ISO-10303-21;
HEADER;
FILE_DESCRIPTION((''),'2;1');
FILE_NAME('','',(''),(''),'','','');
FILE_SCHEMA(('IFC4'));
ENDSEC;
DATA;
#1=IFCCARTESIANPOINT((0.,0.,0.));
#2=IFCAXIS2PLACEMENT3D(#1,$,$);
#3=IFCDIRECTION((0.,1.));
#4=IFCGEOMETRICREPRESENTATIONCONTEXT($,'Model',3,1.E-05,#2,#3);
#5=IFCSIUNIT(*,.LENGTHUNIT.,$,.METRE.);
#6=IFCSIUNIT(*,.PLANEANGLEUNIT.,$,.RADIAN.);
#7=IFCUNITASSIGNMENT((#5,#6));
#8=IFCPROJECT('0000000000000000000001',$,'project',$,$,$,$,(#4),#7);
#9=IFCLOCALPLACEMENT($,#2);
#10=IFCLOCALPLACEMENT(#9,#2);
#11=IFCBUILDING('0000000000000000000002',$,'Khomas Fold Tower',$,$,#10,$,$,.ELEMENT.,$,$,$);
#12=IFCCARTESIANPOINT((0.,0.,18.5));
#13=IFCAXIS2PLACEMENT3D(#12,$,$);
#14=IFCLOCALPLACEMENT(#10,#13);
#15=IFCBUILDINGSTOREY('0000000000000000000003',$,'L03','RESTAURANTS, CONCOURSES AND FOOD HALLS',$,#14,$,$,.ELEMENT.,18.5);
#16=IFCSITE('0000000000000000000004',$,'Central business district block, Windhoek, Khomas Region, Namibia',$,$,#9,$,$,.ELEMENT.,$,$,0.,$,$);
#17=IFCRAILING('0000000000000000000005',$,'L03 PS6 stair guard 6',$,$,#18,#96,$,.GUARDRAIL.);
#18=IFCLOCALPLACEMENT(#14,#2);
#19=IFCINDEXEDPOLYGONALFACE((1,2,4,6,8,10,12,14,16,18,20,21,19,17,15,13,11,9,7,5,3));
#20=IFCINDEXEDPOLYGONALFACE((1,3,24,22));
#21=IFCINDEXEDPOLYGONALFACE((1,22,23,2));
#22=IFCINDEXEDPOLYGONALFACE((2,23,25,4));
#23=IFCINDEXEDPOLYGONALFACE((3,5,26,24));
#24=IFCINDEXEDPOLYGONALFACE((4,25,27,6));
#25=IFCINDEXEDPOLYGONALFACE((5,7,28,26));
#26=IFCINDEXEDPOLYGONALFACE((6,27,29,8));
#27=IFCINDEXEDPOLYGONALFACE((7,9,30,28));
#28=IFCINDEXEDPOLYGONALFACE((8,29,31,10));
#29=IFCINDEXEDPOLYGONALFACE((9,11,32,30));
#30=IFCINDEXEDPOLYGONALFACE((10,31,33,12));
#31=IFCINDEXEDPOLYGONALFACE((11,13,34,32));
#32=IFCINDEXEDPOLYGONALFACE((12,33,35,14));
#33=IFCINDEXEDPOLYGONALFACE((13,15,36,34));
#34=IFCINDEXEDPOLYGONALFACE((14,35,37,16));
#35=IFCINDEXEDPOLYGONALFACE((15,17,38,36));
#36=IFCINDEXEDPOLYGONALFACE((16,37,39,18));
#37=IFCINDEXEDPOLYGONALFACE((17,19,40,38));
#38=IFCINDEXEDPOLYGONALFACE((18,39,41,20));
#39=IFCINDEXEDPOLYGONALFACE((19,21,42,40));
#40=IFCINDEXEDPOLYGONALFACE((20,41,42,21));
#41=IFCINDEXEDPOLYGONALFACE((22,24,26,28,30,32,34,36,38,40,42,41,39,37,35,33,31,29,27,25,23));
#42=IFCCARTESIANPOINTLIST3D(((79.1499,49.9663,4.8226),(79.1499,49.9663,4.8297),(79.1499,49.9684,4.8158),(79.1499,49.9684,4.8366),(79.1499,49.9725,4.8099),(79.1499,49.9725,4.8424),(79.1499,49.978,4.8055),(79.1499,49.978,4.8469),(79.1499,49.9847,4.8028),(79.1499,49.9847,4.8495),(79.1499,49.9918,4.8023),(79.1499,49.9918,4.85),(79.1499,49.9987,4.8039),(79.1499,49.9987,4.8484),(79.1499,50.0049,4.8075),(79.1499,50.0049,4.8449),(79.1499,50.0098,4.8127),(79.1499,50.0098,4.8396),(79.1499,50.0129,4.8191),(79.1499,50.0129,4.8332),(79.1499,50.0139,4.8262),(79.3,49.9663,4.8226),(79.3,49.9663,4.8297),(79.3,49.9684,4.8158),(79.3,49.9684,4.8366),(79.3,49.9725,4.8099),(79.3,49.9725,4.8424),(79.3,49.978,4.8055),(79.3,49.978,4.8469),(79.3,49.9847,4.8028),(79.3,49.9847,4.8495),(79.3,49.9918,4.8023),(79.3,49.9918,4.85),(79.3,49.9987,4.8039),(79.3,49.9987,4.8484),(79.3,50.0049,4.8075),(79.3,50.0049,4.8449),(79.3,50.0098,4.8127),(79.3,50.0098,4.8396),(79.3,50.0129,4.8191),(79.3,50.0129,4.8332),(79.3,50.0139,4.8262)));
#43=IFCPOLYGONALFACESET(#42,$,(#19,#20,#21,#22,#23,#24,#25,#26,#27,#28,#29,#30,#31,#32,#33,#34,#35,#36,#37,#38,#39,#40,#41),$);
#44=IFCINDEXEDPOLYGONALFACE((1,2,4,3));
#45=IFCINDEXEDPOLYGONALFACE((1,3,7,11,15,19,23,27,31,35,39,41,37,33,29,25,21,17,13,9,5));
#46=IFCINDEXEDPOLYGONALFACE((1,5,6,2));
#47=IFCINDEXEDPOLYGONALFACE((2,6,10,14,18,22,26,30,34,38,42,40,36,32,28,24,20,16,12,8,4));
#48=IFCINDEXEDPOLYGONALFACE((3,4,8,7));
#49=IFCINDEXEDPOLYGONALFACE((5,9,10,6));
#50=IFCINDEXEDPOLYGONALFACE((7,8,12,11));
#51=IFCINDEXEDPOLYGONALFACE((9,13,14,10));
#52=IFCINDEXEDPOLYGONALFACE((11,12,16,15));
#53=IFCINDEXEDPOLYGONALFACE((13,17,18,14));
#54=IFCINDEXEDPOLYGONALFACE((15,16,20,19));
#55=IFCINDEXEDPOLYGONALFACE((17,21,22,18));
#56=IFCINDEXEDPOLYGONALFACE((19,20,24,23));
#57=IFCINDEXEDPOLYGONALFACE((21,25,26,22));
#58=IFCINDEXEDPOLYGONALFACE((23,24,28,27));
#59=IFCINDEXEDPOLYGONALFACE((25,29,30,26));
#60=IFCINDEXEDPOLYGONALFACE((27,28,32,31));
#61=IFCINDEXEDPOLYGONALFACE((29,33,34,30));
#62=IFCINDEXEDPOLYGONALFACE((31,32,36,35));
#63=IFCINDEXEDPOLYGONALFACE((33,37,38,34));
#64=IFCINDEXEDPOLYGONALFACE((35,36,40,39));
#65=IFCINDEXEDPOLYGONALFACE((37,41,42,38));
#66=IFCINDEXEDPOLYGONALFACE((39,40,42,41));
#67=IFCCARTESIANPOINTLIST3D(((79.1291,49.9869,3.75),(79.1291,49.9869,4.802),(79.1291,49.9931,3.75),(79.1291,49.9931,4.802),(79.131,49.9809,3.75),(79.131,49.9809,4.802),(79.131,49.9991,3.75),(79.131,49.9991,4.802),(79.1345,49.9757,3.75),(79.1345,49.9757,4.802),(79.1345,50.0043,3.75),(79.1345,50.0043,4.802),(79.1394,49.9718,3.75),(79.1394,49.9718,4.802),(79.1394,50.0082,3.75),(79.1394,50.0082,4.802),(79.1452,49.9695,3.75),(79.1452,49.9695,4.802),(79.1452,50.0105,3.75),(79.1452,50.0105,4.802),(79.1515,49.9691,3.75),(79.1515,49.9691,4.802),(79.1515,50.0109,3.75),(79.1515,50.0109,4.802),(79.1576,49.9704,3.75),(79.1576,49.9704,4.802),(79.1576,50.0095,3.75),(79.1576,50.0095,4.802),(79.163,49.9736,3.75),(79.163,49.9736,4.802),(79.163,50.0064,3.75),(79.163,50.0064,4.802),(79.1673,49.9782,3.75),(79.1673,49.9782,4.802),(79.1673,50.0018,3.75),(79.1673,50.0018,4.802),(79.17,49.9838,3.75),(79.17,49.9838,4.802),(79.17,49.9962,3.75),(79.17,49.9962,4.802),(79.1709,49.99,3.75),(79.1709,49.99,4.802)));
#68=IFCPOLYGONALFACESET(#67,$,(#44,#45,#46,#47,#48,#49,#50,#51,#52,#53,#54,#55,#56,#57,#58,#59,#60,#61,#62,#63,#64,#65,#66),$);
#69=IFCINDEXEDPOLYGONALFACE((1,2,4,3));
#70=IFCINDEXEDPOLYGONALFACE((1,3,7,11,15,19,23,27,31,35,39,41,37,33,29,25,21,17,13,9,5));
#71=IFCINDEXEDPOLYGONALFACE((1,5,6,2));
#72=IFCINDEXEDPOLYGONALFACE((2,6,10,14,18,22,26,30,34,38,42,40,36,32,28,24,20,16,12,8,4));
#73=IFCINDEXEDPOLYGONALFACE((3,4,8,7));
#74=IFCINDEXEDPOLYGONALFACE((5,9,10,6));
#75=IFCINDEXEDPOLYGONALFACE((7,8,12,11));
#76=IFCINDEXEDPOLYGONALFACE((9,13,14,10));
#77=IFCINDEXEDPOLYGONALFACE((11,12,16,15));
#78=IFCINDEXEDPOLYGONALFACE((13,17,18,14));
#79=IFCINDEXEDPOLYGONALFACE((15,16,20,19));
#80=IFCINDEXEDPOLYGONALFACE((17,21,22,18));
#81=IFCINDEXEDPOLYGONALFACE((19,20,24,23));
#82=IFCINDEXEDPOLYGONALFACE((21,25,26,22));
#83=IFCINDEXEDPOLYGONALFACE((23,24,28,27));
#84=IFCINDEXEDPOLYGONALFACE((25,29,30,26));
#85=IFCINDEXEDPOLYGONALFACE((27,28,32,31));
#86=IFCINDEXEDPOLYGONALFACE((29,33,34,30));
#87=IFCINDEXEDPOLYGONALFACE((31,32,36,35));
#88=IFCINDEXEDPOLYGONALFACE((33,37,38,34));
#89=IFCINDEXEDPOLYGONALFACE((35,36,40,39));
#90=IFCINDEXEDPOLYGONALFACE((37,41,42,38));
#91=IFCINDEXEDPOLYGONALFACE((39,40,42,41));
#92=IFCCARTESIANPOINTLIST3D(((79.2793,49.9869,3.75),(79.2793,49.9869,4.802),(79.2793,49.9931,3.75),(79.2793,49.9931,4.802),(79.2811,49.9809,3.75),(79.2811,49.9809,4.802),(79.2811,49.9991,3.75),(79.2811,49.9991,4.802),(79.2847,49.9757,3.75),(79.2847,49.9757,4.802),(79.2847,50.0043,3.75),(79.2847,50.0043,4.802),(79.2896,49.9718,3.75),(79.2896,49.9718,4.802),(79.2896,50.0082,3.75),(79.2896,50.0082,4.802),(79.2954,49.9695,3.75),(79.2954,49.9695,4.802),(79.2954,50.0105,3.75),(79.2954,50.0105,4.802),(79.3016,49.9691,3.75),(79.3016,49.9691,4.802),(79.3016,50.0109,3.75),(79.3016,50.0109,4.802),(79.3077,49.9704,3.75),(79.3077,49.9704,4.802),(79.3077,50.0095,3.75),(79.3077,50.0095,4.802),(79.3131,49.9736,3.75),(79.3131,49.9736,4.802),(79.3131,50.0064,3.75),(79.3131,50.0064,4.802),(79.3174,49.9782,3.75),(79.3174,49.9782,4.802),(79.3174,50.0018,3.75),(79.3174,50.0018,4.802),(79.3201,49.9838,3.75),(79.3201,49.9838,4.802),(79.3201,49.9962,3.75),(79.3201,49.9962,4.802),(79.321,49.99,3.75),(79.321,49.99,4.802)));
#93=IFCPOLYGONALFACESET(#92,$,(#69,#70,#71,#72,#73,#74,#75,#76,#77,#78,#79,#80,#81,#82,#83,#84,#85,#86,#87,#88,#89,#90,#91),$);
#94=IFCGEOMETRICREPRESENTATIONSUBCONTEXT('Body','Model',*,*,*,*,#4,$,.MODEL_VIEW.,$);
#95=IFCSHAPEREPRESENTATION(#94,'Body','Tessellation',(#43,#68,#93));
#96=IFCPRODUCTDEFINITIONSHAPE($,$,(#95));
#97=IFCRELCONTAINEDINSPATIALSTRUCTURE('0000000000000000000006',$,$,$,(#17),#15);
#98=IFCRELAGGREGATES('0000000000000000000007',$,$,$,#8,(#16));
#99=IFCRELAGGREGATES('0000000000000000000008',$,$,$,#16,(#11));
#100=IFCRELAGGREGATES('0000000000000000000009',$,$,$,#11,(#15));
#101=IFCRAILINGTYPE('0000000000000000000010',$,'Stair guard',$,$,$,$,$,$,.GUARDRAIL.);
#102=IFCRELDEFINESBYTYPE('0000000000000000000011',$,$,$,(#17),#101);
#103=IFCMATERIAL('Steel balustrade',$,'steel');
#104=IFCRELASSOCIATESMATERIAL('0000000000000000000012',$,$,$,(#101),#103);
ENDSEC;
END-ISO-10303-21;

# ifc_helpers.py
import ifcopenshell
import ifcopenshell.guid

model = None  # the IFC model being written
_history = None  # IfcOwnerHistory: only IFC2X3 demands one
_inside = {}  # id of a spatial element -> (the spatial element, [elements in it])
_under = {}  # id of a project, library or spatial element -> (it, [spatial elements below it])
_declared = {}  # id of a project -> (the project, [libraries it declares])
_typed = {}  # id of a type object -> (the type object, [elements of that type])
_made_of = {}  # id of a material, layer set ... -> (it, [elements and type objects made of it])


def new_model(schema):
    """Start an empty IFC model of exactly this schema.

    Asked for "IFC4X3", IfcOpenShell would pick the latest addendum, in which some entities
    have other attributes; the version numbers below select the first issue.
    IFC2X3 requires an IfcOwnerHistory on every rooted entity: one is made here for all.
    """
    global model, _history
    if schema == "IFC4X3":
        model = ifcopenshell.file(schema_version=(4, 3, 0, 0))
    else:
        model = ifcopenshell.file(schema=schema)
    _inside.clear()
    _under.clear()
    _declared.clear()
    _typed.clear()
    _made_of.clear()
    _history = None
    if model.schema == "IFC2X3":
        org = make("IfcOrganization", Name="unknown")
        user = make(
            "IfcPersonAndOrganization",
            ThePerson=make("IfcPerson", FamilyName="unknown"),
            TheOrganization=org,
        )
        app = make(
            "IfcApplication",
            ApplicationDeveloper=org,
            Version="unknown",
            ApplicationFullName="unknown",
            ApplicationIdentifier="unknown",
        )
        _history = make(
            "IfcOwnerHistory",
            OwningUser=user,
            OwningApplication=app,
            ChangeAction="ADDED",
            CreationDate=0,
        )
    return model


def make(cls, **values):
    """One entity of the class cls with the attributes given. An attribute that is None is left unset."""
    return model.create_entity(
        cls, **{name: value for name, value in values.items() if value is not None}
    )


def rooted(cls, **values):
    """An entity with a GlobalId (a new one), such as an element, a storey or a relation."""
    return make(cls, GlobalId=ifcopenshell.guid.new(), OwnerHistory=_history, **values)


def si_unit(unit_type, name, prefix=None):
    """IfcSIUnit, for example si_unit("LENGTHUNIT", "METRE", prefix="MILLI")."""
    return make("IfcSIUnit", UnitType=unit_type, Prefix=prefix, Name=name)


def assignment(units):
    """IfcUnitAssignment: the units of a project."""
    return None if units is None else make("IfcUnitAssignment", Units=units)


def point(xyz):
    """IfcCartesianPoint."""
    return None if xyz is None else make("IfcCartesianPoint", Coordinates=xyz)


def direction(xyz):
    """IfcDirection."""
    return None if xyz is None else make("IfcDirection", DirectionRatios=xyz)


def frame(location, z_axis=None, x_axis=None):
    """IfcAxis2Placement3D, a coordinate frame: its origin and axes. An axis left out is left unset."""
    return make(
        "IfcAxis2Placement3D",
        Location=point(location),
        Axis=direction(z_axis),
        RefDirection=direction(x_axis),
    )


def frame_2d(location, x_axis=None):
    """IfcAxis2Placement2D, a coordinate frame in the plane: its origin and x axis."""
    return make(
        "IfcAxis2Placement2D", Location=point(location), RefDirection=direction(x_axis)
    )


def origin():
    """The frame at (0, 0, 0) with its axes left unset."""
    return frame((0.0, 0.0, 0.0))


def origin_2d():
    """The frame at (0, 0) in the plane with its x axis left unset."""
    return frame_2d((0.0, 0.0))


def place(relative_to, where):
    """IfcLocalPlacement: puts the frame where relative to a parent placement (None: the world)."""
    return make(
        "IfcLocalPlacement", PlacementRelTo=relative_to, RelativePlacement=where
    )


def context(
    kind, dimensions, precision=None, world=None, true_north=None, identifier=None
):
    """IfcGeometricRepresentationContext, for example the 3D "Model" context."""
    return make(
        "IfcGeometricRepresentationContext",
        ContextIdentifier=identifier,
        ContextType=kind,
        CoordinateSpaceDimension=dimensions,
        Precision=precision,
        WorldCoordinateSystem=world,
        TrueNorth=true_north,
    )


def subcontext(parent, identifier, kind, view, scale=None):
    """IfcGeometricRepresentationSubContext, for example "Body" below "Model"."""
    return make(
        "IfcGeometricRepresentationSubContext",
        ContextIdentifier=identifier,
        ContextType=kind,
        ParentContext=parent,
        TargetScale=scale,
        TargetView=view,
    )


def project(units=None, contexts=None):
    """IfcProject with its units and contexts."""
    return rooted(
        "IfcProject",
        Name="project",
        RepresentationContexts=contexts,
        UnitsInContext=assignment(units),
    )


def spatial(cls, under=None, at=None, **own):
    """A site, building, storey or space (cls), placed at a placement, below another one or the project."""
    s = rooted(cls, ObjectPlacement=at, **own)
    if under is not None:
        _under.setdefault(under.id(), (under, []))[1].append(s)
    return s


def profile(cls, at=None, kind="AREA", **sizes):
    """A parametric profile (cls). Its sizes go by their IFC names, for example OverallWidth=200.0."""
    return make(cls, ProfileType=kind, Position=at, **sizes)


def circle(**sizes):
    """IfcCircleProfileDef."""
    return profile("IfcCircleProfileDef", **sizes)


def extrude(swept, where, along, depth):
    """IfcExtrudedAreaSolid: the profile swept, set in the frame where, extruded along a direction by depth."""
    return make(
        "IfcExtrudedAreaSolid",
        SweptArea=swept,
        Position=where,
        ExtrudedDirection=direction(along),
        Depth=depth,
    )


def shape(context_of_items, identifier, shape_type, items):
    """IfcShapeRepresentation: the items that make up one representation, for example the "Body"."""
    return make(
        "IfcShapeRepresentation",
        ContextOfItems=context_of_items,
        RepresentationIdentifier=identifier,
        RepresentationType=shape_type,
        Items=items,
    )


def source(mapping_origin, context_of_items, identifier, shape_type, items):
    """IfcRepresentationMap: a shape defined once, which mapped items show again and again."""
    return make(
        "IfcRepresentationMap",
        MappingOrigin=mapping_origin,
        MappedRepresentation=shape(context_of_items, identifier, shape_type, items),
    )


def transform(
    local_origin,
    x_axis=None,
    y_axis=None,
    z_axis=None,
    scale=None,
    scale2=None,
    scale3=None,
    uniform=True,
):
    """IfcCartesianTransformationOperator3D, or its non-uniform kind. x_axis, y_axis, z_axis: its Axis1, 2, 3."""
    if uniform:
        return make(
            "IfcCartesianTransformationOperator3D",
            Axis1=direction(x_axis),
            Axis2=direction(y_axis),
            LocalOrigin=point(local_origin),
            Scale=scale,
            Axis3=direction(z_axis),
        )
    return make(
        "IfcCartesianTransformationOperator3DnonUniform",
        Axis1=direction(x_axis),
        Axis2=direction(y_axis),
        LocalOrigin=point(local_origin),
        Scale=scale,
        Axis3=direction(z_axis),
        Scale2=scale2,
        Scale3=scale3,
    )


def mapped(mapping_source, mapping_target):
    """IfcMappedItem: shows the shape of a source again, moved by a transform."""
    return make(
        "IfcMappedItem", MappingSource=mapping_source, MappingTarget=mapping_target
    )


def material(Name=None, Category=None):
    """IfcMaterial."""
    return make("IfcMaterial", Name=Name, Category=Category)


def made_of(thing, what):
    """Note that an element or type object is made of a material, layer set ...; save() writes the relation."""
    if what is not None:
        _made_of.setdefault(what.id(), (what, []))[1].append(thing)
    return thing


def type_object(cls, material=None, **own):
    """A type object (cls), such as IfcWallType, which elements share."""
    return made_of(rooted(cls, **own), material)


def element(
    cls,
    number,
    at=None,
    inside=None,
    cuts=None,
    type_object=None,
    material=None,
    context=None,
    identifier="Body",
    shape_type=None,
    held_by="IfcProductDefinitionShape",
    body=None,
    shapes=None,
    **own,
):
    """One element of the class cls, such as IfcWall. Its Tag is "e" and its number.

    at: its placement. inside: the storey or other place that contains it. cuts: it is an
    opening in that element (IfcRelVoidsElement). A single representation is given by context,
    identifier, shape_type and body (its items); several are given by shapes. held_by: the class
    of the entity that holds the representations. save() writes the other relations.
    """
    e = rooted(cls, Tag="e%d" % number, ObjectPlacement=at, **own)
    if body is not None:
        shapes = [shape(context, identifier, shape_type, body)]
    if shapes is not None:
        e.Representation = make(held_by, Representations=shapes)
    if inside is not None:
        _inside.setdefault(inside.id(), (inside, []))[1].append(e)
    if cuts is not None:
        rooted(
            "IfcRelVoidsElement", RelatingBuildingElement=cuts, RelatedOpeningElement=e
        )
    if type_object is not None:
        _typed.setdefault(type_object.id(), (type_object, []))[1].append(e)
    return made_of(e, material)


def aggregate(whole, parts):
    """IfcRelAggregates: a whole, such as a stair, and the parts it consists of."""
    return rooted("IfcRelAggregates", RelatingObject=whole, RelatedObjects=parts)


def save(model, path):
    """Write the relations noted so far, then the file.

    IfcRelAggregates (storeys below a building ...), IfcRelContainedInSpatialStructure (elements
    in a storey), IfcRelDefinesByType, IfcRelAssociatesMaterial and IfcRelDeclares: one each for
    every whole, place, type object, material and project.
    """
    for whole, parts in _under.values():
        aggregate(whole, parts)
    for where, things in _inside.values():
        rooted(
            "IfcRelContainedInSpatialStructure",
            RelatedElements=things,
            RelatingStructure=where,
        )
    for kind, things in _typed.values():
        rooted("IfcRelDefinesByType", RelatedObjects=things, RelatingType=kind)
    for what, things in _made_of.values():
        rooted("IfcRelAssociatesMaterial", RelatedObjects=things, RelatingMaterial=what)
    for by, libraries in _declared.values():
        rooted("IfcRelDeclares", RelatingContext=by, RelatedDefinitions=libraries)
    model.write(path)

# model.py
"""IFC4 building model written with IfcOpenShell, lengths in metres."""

from ifc_helpers import new_model, si_unit, direction, frame, origin, origin_2d, place, context, subcontext, project, spatial, circle, extrude, source, transform, mapped, material, type_object, element, save


model = new_model("IFC4")

# Units and contexts
model_context = context("Model", 3, precision=1e-05, world=origin(), true_north=direction((0.0, 1.0)))
body_context = subcontext(model_context, "Body", "Model", "MODEL_VIEW")
ifc_project = project(units=[si_unit("LENGTHUNIT", "METRE"), si_unit("PLANEANGLEUNIT", "RADIAN")], contexts=[model_context])

# Site, building, storey
site_placement = place(None, origin())
site = spatial("IfcSite", under=ifc_project, at=site_placement, Name="Central business district block, Windhoek, Khomas Region, Namibia", CompositionType="ELEMENT", RefElevation=0.0)
building_placement = place(site_placement, origin())
building = spatial("IfcBuilding", under=site, at=building_placement, Name="Khomas Fold Tower", CompositionType="ELEMENT")
storey_placement = place(building_placement, frame((0.0, 0.0, 18.5)))
storey = spatial("IfcBuildingStorey", under=building, at=storey_placement, Name="L03", Description="RESTAURANTS, CONCOURSES AND FOOD HALLS", CompositionType="ELEMENT", Elevation=18.5)

# Railing
ifc_material_1 = material(Name="Steel balustrade", Category="steel")
railing_type_1 = type_object("IfcRailingType", Name="Stair guard", PredefinedType="GUARDRAIL", material=ifc_material_1)
shared_shape_1 = source(origin(), body_context, "Body", "SweptSolid", [
    extrude(circle(Radius=0.0239, at=origin_2d()), frame((0.0, 0.0, 1.0762), z_axis=(1.0, 0.0, 0.0), x_axis=(0.0, 1.0, 0.0)), (0.0, 0.0, 1.0), 0.1501),
    extrude(circle(Radius=0.021, at=origin_2d()), origin(), (0.0, 0.0, 1.0), 1.052),
    extrude(circle(Radius=0.021, at=origin_2d()), frame((0.1501, 0.0, 0.0)), (0.0, 0.0, 1.0), 1.052),
])
for number, where, name in (
    (1, (79.1499, 49.99, 3.75), "L03 PS6 stair guard 6"),
):
    element("IfcRailing", number, at=place(storey_placement, frame(where)), inside=storey, type_object=railing_type_1, Name=name, PredefinedType="GUARDRAIL", context=body_context, shape_type="MappedRepresentation", body=[
        mapped(shared_shape_1, transform((0.0, 0.0, 0.0))),
    ])

save(model, "model.ifc")
